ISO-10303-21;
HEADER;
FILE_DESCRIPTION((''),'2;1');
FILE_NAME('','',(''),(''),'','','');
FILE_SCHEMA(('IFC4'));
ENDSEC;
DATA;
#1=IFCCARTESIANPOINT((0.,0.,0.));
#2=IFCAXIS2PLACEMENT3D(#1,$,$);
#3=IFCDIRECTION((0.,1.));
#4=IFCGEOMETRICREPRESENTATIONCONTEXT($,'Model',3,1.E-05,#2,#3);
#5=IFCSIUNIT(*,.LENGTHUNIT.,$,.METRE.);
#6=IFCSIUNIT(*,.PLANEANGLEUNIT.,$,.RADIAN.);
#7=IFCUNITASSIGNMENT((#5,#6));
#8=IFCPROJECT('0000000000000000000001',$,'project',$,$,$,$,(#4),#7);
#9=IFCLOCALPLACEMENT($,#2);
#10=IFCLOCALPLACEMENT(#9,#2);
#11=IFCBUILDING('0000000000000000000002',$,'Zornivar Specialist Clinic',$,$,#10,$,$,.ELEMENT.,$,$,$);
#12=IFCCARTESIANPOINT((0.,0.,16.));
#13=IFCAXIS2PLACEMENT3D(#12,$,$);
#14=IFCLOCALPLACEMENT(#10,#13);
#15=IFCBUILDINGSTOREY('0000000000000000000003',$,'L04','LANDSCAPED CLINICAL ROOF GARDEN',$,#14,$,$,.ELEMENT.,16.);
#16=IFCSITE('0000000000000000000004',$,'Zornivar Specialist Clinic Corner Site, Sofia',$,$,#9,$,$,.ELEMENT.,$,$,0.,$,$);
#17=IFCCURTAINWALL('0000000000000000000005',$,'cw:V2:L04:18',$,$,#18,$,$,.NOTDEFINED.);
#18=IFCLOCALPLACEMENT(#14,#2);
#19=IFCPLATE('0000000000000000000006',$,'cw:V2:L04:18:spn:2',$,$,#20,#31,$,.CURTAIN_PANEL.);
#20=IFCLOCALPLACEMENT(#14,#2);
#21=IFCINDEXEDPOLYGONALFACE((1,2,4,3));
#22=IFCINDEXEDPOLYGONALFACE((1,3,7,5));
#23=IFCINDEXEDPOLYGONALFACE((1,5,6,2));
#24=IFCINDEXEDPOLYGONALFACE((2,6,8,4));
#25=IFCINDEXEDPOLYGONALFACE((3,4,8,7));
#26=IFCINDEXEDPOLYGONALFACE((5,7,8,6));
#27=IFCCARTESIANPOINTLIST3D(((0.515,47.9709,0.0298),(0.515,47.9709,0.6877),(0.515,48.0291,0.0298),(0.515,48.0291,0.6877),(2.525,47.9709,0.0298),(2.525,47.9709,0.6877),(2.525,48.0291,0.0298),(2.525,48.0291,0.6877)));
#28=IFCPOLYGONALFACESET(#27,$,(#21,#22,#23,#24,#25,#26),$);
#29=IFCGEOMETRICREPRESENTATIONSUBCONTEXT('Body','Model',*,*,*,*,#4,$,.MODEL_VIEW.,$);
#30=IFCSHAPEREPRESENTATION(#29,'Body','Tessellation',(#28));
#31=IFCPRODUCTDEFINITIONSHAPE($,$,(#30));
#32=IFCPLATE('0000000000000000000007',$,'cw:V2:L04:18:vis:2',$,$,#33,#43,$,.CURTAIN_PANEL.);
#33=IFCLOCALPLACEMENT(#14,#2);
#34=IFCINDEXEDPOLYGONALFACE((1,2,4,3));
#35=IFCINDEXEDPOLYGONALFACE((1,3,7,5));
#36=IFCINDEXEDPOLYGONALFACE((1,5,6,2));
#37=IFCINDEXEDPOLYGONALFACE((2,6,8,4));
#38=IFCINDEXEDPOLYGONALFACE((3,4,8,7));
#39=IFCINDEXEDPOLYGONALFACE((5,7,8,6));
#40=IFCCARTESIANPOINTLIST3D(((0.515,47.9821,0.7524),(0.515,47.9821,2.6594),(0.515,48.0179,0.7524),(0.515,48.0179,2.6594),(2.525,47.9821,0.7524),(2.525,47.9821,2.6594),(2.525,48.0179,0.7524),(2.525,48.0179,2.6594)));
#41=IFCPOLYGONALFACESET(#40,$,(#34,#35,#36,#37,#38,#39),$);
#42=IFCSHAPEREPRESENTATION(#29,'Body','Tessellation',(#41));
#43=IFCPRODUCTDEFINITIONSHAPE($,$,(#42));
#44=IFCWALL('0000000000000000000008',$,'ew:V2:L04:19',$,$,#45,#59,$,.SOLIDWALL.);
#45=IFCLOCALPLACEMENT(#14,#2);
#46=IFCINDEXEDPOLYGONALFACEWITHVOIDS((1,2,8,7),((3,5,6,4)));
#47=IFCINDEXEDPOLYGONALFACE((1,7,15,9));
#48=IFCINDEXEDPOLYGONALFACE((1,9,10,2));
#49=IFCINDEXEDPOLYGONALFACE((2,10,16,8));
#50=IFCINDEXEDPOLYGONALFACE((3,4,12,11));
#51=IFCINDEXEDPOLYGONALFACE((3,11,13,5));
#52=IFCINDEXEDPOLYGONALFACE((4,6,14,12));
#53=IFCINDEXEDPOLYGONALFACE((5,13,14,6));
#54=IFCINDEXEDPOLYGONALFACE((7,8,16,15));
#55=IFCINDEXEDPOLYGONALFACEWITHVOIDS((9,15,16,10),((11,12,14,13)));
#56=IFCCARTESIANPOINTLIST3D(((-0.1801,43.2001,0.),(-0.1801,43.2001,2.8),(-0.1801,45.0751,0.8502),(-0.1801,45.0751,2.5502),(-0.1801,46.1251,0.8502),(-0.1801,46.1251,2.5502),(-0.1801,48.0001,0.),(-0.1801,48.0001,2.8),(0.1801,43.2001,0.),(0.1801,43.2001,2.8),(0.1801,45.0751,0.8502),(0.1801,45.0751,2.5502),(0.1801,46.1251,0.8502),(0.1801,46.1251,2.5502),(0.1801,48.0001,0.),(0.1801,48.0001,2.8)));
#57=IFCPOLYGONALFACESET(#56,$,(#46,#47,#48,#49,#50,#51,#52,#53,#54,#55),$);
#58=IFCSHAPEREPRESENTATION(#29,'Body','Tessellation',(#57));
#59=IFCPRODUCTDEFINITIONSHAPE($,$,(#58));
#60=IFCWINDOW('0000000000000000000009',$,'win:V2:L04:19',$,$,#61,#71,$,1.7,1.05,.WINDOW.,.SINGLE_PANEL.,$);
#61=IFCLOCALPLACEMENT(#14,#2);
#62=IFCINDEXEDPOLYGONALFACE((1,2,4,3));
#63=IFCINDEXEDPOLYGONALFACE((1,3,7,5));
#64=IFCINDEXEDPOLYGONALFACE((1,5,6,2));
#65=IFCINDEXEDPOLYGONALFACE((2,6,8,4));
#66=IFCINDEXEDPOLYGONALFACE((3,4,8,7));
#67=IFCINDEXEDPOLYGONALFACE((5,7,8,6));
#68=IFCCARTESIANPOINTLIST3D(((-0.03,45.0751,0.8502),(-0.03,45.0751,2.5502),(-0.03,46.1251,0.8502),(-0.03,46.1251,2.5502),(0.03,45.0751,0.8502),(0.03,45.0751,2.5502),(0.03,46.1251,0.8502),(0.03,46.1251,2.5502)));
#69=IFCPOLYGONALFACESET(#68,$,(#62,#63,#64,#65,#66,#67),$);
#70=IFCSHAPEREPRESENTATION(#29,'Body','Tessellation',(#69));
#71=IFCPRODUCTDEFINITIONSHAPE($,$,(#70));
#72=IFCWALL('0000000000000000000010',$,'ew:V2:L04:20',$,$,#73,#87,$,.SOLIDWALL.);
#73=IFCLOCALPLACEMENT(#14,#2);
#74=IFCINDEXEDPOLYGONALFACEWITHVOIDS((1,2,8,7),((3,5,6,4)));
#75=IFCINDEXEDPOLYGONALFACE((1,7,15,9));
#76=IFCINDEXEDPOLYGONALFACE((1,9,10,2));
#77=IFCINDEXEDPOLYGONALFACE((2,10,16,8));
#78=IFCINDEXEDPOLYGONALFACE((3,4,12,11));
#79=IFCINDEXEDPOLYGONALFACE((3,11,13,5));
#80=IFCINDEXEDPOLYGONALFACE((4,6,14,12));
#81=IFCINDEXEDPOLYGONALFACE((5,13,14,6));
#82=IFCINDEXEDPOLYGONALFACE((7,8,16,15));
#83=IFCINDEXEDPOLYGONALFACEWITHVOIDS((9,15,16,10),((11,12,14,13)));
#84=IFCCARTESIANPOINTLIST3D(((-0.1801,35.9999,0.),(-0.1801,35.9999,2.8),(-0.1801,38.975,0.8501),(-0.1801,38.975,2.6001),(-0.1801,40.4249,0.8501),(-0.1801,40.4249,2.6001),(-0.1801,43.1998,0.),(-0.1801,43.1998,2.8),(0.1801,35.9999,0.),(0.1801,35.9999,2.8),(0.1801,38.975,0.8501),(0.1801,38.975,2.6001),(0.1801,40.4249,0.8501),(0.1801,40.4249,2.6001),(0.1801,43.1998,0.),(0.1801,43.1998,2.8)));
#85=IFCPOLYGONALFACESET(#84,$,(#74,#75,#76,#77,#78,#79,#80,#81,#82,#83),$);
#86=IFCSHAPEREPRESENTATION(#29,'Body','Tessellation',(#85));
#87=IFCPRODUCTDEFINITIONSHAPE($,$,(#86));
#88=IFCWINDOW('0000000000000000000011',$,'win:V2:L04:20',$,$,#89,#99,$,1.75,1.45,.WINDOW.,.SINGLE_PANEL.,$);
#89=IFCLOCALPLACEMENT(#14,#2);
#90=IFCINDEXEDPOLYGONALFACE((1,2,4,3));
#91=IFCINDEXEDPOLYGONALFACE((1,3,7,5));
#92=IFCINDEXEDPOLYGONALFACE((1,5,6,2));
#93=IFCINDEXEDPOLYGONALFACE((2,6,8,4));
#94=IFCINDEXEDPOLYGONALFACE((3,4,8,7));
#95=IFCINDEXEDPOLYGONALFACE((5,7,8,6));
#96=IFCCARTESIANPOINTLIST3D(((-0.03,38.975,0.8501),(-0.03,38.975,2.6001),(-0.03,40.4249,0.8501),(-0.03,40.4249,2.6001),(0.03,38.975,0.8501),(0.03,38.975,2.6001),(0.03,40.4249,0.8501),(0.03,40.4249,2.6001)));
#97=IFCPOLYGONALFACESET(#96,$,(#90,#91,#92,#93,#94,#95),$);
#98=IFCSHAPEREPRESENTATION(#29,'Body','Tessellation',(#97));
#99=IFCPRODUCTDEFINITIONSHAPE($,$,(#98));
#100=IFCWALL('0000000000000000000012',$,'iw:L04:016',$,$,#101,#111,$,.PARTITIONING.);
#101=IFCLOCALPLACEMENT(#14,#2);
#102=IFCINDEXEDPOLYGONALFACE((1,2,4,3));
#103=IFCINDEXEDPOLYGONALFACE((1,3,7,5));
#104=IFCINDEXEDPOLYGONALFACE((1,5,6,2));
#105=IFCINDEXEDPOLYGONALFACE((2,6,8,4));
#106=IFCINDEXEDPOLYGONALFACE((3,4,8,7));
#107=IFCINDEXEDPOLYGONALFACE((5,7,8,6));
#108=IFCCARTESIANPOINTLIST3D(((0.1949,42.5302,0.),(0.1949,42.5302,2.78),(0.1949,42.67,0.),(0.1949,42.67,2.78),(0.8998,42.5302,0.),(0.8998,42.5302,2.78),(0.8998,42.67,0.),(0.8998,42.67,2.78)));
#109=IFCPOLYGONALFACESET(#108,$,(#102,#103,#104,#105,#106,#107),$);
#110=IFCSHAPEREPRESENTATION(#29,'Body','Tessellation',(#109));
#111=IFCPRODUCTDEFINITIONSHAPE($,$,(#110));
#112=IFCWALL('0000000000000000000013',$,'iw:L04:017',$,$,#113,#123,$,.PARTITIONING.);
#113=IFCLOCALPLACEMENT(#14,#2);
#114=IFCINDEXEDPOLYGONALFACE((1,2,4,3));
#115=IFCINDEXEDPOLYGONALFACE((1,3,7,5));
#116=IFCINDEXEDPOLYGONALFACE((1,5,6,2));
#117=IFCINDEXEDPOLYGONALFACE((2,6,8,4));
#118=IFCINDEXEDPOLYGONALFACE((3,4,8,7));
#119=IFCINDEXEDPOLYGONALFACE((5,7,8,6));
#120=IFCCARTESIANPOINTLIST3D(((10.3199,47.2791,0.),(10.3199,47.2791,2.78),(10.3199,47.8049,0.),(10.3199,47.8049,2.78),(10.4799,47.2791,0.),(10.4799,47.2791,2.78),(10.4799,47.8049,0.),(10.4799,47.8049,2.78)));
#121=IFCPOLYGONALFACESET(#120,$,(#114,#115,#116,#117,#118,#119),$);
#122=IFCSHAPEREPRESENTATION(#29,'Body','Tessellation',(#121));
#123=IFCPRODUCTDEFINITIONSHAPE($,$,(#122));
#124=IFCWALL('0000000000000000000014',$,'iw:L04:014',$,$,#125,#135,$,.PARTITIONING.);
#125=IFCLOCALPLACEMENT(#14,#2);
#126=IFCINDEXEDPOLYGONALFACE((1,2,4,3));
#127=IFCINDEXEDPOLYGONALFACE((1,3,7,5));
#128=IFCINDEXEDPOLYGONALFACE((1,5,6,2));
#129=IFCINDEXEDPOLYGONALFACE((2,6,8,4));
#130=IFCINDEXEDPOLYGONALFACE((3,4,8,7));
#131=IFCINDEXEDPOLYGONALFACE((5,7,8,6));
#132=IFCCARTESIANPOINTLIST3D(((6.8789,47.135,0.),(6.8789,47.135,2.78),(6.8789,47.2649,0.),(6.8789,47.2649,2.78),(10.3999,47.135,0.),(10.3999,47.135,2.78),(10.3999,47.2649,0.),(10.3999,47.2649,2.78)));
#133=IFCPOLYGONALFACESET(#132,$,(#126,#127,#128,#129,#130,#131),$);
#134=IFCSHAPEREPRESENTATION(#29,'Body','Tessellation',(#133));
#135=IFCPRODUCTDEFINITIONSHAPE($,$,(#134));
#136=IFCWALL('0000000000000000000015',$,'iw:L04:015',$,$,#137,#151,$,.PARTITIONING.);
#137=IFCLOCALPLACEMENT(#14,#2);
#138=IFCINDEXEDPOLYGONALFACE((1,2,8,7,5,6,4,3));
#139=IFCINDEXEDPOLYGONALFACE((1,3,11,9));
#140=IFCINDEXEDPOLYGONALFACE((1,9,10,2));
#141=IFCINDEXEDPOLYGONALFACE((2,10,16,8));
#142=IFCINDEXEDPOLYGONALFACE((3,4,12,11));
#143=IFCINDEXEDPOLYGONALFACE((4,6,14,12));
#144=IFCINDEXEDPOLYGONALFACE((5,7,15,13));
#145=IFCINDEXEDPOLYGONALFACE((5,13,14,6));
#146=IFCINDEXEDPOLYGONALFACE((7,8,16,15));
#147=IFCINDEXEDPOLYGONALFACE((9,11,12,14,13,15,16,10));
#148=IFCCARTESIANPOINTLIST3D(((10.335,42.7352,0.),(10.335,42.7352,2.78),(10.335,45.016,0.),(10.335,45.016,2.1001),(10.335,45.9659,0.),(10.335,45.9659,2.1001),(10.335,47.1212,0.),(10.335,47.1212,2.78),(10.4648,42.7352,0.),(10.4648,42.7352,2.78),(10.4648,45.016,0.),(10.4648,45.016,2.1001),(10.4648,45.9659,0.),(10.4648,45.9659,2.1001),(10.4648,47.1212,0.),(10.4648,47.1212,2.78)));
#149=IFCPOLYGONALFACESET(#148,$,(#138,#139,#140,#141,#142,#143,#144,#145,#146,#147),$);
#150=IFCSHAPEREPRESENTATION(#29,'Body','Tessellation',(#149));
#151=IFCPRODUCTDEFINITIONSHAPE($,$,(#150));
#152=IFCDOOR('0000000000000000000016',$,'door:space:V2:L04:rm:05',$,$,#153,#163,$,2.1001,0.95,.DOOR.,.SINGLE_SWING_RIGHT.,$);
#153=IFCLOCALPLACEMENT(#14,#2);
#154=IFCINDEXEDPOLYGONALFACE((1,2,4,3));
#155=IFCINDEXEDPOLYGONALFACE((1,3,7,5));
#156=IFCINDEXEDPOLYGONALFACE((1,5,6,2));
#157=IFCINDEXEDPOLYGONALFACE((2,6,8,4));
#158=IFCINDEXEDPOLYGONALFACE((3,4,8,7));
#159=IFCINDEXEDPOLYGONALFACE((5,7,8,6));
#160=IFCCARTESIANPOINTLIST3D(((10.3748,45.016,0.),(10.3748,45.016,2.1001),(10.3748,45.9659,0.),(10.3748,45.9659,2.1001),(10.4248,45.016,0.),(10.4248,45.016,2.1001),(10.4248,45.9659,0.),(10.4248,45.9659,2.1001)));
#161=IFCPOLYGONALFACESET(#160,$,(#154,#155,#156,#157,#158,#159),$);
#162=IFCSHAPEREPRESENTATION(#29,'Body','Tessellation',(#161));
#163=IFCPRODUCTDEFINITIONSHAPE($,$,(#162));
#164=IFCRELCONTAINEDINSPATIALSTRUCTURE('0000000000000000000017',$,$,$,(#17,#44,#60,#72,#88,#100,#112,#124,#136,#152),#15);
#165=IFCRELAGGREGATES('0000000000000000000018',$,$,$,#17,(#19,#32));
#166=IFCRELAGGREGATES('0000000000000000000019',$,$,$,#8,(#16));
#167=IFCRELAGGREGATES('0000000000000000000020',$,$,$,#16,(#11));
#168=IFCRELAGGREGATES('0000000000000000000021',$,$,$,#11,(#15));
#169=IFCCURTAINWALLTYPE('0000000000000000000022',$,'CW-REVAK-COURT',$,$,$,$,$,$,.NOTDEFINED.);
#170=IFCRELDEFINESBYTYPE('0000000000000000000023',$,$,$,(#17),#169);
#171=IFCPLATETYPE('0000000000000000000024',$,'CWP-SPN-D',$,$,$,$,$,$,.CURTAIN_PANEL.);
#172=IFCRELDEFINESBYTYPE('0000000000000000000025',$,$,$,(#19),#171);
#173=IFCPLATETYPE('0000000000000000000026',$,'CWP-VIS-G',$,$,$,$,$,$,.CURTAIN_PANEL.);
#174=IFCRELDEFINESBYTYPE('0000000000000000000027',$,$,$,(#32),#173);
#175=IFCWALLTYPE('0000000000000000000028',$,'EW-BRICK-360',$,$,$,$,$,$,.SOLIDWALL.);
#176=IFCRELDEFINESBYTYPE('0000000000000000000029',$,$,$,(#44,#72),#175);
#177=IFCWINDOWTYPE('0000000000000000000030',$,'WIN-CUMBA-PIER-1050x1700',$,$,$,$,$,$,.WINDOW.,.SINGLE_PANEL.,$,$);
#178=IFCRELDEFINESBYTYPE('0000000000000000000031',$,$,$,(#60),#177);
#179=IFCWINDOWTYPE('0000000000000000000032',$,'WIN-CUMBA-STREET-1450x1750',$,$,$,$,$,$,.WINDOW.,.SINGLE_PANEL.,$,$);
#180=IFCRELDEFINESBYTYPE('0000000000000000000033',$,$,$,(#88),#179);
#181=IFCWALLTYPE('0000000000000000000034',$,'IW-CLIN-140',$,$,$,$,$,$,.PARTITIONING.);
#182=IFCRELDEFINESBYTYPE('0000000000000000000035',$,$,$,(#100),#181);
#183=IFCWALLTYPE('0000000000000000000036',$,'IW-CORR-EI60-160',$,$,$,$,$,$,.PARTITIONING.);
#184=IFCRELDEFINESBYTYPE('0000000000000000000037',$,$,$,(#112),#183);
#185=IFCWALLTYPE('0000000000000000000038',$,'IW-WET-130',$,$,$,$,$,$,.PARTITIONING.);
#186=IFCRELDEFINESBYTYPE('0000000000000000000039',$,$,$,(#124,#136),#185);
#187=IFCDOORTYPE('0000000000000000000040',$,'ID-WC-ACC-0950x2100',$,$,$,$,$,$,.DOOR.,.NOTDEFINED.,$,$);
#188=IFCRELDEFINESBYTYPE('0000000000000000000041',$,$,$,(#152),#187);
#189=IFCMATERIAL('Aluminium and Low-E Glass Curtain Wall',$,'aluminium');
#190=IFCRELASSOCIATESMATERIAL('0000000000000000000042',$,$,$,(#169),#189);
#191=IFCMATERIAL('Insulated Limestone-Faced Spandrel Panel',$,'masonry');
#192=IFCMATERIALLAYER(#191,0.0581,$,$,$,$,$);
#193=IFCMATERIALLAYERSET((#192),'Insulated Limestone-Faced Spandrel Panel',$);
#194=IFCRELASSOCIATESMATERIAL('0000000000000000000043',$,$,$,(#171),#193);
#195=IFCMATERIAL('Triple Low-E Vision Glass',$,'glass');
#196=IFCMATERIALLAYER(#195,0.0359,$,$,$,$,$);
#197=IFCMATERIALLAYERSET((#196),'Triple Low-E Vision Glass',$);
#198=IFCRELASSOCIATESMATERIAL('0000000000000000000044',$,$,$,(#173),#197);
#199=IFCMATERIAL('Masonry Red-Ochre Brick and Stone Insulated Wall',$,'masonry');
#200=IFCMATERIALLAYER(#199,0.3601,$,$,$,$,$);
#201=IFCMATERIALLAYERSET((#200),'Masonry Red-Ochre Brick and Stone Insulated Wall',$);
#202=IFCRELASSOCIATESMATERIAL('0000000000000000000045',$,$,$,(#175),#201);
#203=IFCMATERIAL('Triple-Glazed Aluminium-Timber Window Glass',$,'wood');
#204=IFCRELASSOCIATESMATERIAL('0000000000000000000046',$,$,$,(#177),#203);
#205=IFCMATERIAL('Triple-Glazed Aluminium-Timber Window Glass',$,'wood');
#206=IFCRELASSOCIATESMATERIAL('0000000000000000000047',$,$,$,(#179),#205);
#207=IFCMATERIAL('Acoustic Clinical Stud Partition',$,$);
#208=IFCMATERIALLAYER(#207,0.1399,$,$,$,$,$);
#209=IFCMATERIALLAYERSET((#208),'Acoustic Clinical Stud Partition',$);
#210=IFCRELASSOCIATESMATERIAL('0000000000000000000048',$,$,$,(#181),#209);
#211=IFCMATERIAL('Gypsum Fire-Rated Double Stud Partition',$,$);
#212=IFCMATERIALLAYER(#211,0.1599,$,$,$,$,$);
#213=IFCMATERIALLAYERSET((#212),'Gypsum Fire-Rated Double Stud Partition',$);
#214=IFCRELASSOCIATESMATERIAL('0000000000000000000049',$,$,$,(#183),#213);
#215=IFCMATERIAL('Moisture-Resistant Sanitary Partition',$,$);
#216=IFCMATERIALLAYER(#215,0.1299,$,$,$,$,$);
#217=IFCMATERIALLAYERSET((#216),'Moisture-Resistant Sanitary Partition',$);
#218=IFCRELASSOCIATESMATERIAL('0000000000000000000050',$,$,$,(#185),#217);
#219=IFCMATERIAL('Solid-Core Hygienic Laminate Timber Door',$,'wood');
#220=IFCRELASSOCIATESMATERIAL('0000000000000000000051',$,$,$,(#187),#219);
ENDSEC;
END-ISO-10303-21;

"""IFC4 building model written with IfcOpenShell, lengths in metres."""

from ifc_helpers import new_model, si_unit, direction, frame, frame_2d, origin, origin_2d, place, context, subcontext, project, spatial, rectangle, extrude, material, layer, layer_set, type_object, element, fill, aggregate, save


model = new_model("IFC4")

# Units and contexts
model_context = context("Model", 3, precision=1e-05, world=origin(), true_north=direction((0.0, 1.0)))
body_context = subcontext(model_context, "Body", "Model", "MODEL_VIEW")
ifc_project = project(units=[si_unit("LENGTHUNIT", "METRE"), si_unit("PLANEANGLEUNIT", "RADIAN")], contexts=[model_context])

# Site, building, storey
site_placement = place(None, origin())
site = spatial("IfcSite", under=ifc_project, at=site_placement, Name="Zornivar Specialist Clinic Corner Site, Sofia", CompositionType="ELEMENT", RefElevation=0.0)
building_placement = place(site_placement, origin())
building = spatial("IfcBuilding", under=site, at=building_placement, Name="Zornivar Specialist Clinic", CompositionType="ELEMENT")
storey_placement = place(building_placement, frame((0.0, 0.0, 16.0)))
storey = spatial("IfcBuildingStorey", under=building, at=storey_placement, Name="L04", Description="LANDSCAPED CLINICAL ROOF GARDEN", CompositionType="ELEMENT", Elevation=16.0)

# Curtain wall, plates
ifc_material_1 = material(Name="Aluminium and Low-E Glass Curtain Wall", Category="aluminium")
curtain_wall_type = type_object("IfcCurtainWallType", Name="CW-REVAK-COURT", PredefinedType="NOTDEFINED", material=ifc_material_1)
curtain_wall_placement = place(storey_placement, origin())
curtain_wall = element("IfcCurtainWall", 1, at=curtain_wall_placement, inside=storey, type_object=curtain_wall_type, Name="cw:V2:L04:18", PredefinedType="NOTDEFINED")
ifc_material_2 = material(Name="Insulated Limestone-Faced Spandrel Panel", Category="masonry")
ifc_layer_1 = layer(ifc_material_2, 0.0581)
ifc_layer_set_1 = layer_set([ifc_layer_1], Name="Insulated Limestone-Faced Spandrel Panel")
plate_type_1 = type_object("IfcPlateType", Name="CWP-SPN-D", PredefinedType="CURTAIN_PANEL", material=ifc_layer_set_1)
plate_1_placement = place(storey_placement, frame((1.52, 48.0, 0.0298), z_axis=(0.0, 0.0, 1.0), x_axis=(-1.0, 0.0, 0.0)))
plate_1 = element("IfcPlate", 2, at=plate_1_placement, type_object=plate_type_1, Name="cw:V2:L04:18:spn:2", PredefinedType="CURTAIN_PANEL", context=body_context, shape_type="SweptSolid", body=[
    extrude(rectangle(XDim=2.01, YDim=0.0581, at=origin_2d()), origin(), (0.0, 0.0, 1.0), 0.658),
])
ifc_material_3 = material(Name="Triple Low-E Vision Glass", Category="glass")
ifc_layer_2 = layer(ifc_material_3, 0.0359)
ifc_layer_set_2 = layer_set([ifc_layer_2], Name="Triple Low-E Vision Glass")
plate_type_2 = type_object("IfcPlateType", Name="CWP-VIS-G", PredefinedType="CURTAIN_PANEL", material=ifc_layer_set_2)
plate_2_placement = place(storey_placement, frame((1.52, 48.0, 0.7524), z_axis=(0.0, 0.0, 1.0), x_axis=(-1.0, 0.0, 0.0)))
plate_2 = element("IfcPlate", 3, at=plate_2_placement, type_object=plate_type_2, Name="cw:V2:L04:18:vis:2", PredefinedType="CURTAIN_PANEL", context=body_context, shape_type="SweptSolid", body=[
    extrude(rectangle(XDim=2.01, YDim=0.0359, at=origin_2d()), origin(), (0.0, 0.0, 1.0), 1.907),
])
aggregate(curtain_wall, [plate_1, plate_2])

# Walls, openings, windows
ifc_material_4 = material(Name="Masonry Red-Ochre Brick and Stone Insulated Wall", Category="masonry")
ifc_layer_3 = layer(ifc_material_4, 0.3601)
ifc_layer_set_3 = layer_set([ifc_layer_3], Name="Masonry Red-Ochre Brick and Stone Insulated Wall")
wall_type_1 = type_object("IfcWallType", Name="EW-BRICK-360", PredefinedType="SOLIDWALL", material=ifc_layer_set_3)
wall_1_placement = place(storey_placement, frame((0.0, 48.0, 0.0), z_axis=(0.0, 0.0, 1.0), x_axis=(0.0, -1.0, 0.0)))
wall_1 = element("IfcWall", 4, at=wall_1_placement, inside=storey, type_object=wall_type_1, Name="ew:V2:L04:19", PredefinedType="SOLIDWALL", context=body_context, shape_type="SweptSolid", body=[
    extrude(rectangle(XDim=4.8, YDim=0.3601, at=frame_2d((2.3999, 0.0))), origin(), (0.0, 0.0, 1.0), 2.8),
])
opening_1_placement = place(wall_1_placement, frame((1.875, 0.0, 0.8501)))
opening_1 = element("IfcOpeningElement", 5, at=opening_1_placement, cuts=wall_1, PredefinedType="OPENING", context=body_context, shape_type="SweptSolid", body=[
    extrude(rectangle(XDim=1.05, YDim=1.7, at=frame_2d((0.5249, 0.8501))), frame((0.0, 0.1899, 0.0), z_axis=(0.0, -1.0, 0.0), x_axis=(1.0, 0.0, 0.0)), (0.0, 0.0, 1.0), 0.3801),
])
ifc_material_5 = material(Name="Triple-Glazed Aluminium-Timber Window Glass", Category="wood")
window_type_1 = type_object("IfcWindowType", Name="WIN-CUMBA-PIER-1050x1700", PartitioningType="SINGLE_PANEL", PredefinedType="WINDOW", material=ifc_material_5)
window_1_placement = place(opening_1_placement, origin())
window_1 = element("IfcWindow", 6, at=window_1_placement, inside=storey, type_object=window_type_1, Name="win:V2:L04:19", OverallHeight=1.7, OverallWidth=1.05, PartitioningType="SINGLE_PANEL", PredefinedType="WINDOW", context=body_context, shape_type="SweptSolid", body=[
    extrude(rectangle(XDim=1.05, YDim=1.7, at=frame_2d((0.5249, 0.8501))), frame((0.0, 0.03, 0.0), z_axis=(0.0, -1.0, 0.0), x_axis=(1.0, 0.0, 0.0)), (0.0, 0.0, 1.0), 0.0601),
])
fill(opening_1, window_1)
wall_2_placement = place(storey_placement, frame((0.0, 43.2, 0.0), z_axis=(0.0, 0.0, 1.0), x_axis=(0.0, -1.0, 0.0)))
wall_2 = element("IfcWall", 7, at=wall_2_placement, inside=storey, type_object=wall_type_1, Name="ew:V2:L04:20", PredefinedType="SOLIDWALL", context=body_context, shape_type="SweptSolid", body=[
    extrude(rectangle(XDim=7.2, YDim=0.3601, at=frame_2d((3.6001, 0.0))), origin(), (0.0, 0.0, 1.0), 2.8),
])
opening_2_placement = place(wall_2_placement, frame((2.7749, 0.0, 0.8501)))
opening_2 = element("IfcOpeningElement", 8, at=opening_2_placement, cuts=wall_2, PredefinedType="OPENING", context=body_context, shape_type="SweptSolid", body=[
    extrude(rectangle(XDim=1.45, YDim=1.75, at=frame_2d((0.7251, 0.875))), frame((0.0, 0.1899, 0.0), z_axis=(0.0, -1.0, 0.0), x_axis=(1.0, 0.0, 0.0)), (0.0, 0.0, 1.0), 0.3801),
])
ifc_material_6 = material(Name="Triple-Glazed Aluminium-Timber Window Glass", Category="wood")
window_type_2 = type_object("IfcWindowType", Name="WIN-CUMBA-STREET-1450x1750", PartitioningType="SINGLE_PANEL", PredefinedType="WINDOW", material=ifc_material_6)
window_2_placement = place(opening_2_placement, origin())
window_2 = element("IfcWindow", 9, at=window_2_placement, inside=storey, type_object=window_type_2, Name="win:V2:L04:20", OverallHeight=1.75, OverallWidth=1.45, PartitioningType="SINGLE_PANEL", PredefinedType="WINDOW", context=body_context, shape_type="SweptSolid", body=[
    extrude(rectangle(XDim=1.45, YDim=1.75, at=frame_2d((0.7251, 0.875))), frame((0.0, 0.03, 0.0), z_axis=(0.0, -1.0, 0.0), x_axis=(1.0, 0.0, 0.0)), (0.0, 0.0, 1.0), 0.0601),
])
fill(opening_2, window_2)

# Walls
ifc_material_7 = material(Name="Acoustic Clinical Stud Partition")
ifc_layer_4 = layer(ifc_material_7, 0.1399)
ifc_layer_set_4 = layer_set([ifc_layer_4], Name="Acoustic Clinical Stud Partition")
wall_type_2 = type_object("IfcWallType", Name="IW-CLIN-140", PredefinedType="PARTITIONING", material=ifc_layer_set_4)
wall_3_placement = place(storey_placement, frame((0.8999, 42.6001, 0.0), z_axis=(0.0, 0.0, 1.0), x_axis=(-1.0, 0.0, 0.0)))
element("IfcWall", 10, at=wall_3_placement, inside=storey, type_object=wall_type_2, Name="iw:L04:016", PredefinedType="PARTITIONING", context=body_context, shape_type="SweptSolid", body=[
    extrude(rectangle(XDim=0.7048, YDim=0.1399, at=frame_2d((0.3525, 0.0))), origin(), (0.0, 0.0, 1.0), 2.78),
])
ifc_material_8 = material(Name="Gypsum Fire-Rated Double Stud Partition")
ifc_layer_5 = layer(ifc_material_8, 0.1599)
ifc_layer_set_5 = layer_set([ifc_layer_5], Name="Gypsum Fire-Rated Double Stud Partition")
wall_type_3 = type_object("IfcWallType", Name="IW-CORR-EI60-160", PredefinedType="PARTITIONING", material=ifc_layer_set_5)
wall_4_placement = place(storey_placement, frame((10.3999, 47.8049, 0.0), z_axis=(0.0, 0.0, 1.0), x_axis=(0.0, -1.0, 0.0)))
element("IfcWall", 11, at=wall_4_placement, inside=storey, type_object=wall_type_3, Name="iw:L04:017", PredefinedType="PARTITIONING", context=body_context, shape_type="SweptSolid", body=[
    extrude(rectangle(XDim=0.5259, YDim=0.1599, at=frame_2d((0.2629, 0.0))), origin(), (0.0, 0.0, 1.0), 2.78),
])

# Shared definitions
ifc_material_9 = material(Name="Moisture-Resistant Sanitary Partition")
ifc_layer_6 = layer(ifc_material_9, 0.1299)
ifc_layer_set_6 = layer_set([ifc_layer_6], Name="Moisture-Resistant Sanitary Partition")
wall_type_4 = type_object("IfcWallType", Name="IW-WET-130", PredefinedType="PARTITIONING", material=ifc_layer_set_6)

# Wall
wall_5_placement = place(storey_placement, frame((6.8789, 47.2, 0.0), z_axis=(0.0, 0.0, 1.0), x_axis=(1.0, 0.0, 0.0)))
element("IfcWall", 12, at=wall_5_placement, inside=storey, type_object=wall_type_4, Name="iw:L04:014", PredefinedType="PARTITIONING", context=body_context, shape_type="SweptSolid", body=[
    extrude(rectangle(XDim=3.521, YDim=0.1299, at=frame_2d((1.7605, 0.0))), origin(), (0.0, 0.0, 1.0), 2.78),
])

# Wall, opening, door
wall_6_placement = place(storey_placement, frame((10.3999, 47.1211, 0.0), z_axis=(0.0, 0.0, 1.0), x_axis=(0.0, -1.0, 0.0)))
wall_6 = element("IfcWall", 13, at=wall_6_placement, inside=storey, type_object=wall_type_4, Name="iw:L04:015", PredefinedType="PARTITIONING", context=body_context, shape_type="SweptSolid", body=[
    extrude(rectangle(XDim=4.386, YDim=0.1299, at=frame_2d((2.1929, 0.0))), origin(), (0.0, 0.0, 1.0), 2.78),
])
opening_3_placement = place(wall_6_placement, frame((1.155, 0.0, 0.0)))
opening_3 = element("IfcOpeningElement", 14, at=opening_3_placement, cuts=wall_6, PredefinedType="OPENING", context=body_context, shape_type="SweptSolid", body=[
    extrude(rectangle(XDim=0.95, YDim=2.1001, at=frame_2d((0.4751, 1.05))), frame((0.0, 0.075, 0.0), z_axis=(0.0, -1.0, 0.0), x_axis=(1.0, 0.0, 0.0)), (0.0, 0.0, 1.0), 0.1499),
])
ifc_material_10 = material(Name="Solid-Core Hygienic Laminate Timber Door", Category="wood")
door_type_1 = type_object("IfcDoorType", Name="ID-WC-ACC-0950x2100", OperationType="NOTDEFINED", PredefinedType="DOOR", material=ifc_material_10)
door_1_placement = place(opening_3_placement, origin())
door_1 = element("IfcDoor", 15, at=door_1_placement, inside=storey, type_object=door_type_1, Name="door:space:V2:L04:rm:05", OperationType="SINGLE_SWING_RIGHT", OverallHeight=2.1001, OverallWidth=0.95, PredefinedType="DOOR", context=body_context, shape_type="SweptSolid", body=[
    extrude(rectangle(XDim=0.95, YDim=2.1001, at=frame_2d((0.4751, 1.05))), frame((0.0, 0.0249, 0.0), z_axis=(0.0, -1.0, 0.0), x_axis=(1.0, 0.0, 0.0)), (0.0, 0.0, 1.0), 0.05),
])
fill(opening_3, door_1)

save(model, "model.ifc")
